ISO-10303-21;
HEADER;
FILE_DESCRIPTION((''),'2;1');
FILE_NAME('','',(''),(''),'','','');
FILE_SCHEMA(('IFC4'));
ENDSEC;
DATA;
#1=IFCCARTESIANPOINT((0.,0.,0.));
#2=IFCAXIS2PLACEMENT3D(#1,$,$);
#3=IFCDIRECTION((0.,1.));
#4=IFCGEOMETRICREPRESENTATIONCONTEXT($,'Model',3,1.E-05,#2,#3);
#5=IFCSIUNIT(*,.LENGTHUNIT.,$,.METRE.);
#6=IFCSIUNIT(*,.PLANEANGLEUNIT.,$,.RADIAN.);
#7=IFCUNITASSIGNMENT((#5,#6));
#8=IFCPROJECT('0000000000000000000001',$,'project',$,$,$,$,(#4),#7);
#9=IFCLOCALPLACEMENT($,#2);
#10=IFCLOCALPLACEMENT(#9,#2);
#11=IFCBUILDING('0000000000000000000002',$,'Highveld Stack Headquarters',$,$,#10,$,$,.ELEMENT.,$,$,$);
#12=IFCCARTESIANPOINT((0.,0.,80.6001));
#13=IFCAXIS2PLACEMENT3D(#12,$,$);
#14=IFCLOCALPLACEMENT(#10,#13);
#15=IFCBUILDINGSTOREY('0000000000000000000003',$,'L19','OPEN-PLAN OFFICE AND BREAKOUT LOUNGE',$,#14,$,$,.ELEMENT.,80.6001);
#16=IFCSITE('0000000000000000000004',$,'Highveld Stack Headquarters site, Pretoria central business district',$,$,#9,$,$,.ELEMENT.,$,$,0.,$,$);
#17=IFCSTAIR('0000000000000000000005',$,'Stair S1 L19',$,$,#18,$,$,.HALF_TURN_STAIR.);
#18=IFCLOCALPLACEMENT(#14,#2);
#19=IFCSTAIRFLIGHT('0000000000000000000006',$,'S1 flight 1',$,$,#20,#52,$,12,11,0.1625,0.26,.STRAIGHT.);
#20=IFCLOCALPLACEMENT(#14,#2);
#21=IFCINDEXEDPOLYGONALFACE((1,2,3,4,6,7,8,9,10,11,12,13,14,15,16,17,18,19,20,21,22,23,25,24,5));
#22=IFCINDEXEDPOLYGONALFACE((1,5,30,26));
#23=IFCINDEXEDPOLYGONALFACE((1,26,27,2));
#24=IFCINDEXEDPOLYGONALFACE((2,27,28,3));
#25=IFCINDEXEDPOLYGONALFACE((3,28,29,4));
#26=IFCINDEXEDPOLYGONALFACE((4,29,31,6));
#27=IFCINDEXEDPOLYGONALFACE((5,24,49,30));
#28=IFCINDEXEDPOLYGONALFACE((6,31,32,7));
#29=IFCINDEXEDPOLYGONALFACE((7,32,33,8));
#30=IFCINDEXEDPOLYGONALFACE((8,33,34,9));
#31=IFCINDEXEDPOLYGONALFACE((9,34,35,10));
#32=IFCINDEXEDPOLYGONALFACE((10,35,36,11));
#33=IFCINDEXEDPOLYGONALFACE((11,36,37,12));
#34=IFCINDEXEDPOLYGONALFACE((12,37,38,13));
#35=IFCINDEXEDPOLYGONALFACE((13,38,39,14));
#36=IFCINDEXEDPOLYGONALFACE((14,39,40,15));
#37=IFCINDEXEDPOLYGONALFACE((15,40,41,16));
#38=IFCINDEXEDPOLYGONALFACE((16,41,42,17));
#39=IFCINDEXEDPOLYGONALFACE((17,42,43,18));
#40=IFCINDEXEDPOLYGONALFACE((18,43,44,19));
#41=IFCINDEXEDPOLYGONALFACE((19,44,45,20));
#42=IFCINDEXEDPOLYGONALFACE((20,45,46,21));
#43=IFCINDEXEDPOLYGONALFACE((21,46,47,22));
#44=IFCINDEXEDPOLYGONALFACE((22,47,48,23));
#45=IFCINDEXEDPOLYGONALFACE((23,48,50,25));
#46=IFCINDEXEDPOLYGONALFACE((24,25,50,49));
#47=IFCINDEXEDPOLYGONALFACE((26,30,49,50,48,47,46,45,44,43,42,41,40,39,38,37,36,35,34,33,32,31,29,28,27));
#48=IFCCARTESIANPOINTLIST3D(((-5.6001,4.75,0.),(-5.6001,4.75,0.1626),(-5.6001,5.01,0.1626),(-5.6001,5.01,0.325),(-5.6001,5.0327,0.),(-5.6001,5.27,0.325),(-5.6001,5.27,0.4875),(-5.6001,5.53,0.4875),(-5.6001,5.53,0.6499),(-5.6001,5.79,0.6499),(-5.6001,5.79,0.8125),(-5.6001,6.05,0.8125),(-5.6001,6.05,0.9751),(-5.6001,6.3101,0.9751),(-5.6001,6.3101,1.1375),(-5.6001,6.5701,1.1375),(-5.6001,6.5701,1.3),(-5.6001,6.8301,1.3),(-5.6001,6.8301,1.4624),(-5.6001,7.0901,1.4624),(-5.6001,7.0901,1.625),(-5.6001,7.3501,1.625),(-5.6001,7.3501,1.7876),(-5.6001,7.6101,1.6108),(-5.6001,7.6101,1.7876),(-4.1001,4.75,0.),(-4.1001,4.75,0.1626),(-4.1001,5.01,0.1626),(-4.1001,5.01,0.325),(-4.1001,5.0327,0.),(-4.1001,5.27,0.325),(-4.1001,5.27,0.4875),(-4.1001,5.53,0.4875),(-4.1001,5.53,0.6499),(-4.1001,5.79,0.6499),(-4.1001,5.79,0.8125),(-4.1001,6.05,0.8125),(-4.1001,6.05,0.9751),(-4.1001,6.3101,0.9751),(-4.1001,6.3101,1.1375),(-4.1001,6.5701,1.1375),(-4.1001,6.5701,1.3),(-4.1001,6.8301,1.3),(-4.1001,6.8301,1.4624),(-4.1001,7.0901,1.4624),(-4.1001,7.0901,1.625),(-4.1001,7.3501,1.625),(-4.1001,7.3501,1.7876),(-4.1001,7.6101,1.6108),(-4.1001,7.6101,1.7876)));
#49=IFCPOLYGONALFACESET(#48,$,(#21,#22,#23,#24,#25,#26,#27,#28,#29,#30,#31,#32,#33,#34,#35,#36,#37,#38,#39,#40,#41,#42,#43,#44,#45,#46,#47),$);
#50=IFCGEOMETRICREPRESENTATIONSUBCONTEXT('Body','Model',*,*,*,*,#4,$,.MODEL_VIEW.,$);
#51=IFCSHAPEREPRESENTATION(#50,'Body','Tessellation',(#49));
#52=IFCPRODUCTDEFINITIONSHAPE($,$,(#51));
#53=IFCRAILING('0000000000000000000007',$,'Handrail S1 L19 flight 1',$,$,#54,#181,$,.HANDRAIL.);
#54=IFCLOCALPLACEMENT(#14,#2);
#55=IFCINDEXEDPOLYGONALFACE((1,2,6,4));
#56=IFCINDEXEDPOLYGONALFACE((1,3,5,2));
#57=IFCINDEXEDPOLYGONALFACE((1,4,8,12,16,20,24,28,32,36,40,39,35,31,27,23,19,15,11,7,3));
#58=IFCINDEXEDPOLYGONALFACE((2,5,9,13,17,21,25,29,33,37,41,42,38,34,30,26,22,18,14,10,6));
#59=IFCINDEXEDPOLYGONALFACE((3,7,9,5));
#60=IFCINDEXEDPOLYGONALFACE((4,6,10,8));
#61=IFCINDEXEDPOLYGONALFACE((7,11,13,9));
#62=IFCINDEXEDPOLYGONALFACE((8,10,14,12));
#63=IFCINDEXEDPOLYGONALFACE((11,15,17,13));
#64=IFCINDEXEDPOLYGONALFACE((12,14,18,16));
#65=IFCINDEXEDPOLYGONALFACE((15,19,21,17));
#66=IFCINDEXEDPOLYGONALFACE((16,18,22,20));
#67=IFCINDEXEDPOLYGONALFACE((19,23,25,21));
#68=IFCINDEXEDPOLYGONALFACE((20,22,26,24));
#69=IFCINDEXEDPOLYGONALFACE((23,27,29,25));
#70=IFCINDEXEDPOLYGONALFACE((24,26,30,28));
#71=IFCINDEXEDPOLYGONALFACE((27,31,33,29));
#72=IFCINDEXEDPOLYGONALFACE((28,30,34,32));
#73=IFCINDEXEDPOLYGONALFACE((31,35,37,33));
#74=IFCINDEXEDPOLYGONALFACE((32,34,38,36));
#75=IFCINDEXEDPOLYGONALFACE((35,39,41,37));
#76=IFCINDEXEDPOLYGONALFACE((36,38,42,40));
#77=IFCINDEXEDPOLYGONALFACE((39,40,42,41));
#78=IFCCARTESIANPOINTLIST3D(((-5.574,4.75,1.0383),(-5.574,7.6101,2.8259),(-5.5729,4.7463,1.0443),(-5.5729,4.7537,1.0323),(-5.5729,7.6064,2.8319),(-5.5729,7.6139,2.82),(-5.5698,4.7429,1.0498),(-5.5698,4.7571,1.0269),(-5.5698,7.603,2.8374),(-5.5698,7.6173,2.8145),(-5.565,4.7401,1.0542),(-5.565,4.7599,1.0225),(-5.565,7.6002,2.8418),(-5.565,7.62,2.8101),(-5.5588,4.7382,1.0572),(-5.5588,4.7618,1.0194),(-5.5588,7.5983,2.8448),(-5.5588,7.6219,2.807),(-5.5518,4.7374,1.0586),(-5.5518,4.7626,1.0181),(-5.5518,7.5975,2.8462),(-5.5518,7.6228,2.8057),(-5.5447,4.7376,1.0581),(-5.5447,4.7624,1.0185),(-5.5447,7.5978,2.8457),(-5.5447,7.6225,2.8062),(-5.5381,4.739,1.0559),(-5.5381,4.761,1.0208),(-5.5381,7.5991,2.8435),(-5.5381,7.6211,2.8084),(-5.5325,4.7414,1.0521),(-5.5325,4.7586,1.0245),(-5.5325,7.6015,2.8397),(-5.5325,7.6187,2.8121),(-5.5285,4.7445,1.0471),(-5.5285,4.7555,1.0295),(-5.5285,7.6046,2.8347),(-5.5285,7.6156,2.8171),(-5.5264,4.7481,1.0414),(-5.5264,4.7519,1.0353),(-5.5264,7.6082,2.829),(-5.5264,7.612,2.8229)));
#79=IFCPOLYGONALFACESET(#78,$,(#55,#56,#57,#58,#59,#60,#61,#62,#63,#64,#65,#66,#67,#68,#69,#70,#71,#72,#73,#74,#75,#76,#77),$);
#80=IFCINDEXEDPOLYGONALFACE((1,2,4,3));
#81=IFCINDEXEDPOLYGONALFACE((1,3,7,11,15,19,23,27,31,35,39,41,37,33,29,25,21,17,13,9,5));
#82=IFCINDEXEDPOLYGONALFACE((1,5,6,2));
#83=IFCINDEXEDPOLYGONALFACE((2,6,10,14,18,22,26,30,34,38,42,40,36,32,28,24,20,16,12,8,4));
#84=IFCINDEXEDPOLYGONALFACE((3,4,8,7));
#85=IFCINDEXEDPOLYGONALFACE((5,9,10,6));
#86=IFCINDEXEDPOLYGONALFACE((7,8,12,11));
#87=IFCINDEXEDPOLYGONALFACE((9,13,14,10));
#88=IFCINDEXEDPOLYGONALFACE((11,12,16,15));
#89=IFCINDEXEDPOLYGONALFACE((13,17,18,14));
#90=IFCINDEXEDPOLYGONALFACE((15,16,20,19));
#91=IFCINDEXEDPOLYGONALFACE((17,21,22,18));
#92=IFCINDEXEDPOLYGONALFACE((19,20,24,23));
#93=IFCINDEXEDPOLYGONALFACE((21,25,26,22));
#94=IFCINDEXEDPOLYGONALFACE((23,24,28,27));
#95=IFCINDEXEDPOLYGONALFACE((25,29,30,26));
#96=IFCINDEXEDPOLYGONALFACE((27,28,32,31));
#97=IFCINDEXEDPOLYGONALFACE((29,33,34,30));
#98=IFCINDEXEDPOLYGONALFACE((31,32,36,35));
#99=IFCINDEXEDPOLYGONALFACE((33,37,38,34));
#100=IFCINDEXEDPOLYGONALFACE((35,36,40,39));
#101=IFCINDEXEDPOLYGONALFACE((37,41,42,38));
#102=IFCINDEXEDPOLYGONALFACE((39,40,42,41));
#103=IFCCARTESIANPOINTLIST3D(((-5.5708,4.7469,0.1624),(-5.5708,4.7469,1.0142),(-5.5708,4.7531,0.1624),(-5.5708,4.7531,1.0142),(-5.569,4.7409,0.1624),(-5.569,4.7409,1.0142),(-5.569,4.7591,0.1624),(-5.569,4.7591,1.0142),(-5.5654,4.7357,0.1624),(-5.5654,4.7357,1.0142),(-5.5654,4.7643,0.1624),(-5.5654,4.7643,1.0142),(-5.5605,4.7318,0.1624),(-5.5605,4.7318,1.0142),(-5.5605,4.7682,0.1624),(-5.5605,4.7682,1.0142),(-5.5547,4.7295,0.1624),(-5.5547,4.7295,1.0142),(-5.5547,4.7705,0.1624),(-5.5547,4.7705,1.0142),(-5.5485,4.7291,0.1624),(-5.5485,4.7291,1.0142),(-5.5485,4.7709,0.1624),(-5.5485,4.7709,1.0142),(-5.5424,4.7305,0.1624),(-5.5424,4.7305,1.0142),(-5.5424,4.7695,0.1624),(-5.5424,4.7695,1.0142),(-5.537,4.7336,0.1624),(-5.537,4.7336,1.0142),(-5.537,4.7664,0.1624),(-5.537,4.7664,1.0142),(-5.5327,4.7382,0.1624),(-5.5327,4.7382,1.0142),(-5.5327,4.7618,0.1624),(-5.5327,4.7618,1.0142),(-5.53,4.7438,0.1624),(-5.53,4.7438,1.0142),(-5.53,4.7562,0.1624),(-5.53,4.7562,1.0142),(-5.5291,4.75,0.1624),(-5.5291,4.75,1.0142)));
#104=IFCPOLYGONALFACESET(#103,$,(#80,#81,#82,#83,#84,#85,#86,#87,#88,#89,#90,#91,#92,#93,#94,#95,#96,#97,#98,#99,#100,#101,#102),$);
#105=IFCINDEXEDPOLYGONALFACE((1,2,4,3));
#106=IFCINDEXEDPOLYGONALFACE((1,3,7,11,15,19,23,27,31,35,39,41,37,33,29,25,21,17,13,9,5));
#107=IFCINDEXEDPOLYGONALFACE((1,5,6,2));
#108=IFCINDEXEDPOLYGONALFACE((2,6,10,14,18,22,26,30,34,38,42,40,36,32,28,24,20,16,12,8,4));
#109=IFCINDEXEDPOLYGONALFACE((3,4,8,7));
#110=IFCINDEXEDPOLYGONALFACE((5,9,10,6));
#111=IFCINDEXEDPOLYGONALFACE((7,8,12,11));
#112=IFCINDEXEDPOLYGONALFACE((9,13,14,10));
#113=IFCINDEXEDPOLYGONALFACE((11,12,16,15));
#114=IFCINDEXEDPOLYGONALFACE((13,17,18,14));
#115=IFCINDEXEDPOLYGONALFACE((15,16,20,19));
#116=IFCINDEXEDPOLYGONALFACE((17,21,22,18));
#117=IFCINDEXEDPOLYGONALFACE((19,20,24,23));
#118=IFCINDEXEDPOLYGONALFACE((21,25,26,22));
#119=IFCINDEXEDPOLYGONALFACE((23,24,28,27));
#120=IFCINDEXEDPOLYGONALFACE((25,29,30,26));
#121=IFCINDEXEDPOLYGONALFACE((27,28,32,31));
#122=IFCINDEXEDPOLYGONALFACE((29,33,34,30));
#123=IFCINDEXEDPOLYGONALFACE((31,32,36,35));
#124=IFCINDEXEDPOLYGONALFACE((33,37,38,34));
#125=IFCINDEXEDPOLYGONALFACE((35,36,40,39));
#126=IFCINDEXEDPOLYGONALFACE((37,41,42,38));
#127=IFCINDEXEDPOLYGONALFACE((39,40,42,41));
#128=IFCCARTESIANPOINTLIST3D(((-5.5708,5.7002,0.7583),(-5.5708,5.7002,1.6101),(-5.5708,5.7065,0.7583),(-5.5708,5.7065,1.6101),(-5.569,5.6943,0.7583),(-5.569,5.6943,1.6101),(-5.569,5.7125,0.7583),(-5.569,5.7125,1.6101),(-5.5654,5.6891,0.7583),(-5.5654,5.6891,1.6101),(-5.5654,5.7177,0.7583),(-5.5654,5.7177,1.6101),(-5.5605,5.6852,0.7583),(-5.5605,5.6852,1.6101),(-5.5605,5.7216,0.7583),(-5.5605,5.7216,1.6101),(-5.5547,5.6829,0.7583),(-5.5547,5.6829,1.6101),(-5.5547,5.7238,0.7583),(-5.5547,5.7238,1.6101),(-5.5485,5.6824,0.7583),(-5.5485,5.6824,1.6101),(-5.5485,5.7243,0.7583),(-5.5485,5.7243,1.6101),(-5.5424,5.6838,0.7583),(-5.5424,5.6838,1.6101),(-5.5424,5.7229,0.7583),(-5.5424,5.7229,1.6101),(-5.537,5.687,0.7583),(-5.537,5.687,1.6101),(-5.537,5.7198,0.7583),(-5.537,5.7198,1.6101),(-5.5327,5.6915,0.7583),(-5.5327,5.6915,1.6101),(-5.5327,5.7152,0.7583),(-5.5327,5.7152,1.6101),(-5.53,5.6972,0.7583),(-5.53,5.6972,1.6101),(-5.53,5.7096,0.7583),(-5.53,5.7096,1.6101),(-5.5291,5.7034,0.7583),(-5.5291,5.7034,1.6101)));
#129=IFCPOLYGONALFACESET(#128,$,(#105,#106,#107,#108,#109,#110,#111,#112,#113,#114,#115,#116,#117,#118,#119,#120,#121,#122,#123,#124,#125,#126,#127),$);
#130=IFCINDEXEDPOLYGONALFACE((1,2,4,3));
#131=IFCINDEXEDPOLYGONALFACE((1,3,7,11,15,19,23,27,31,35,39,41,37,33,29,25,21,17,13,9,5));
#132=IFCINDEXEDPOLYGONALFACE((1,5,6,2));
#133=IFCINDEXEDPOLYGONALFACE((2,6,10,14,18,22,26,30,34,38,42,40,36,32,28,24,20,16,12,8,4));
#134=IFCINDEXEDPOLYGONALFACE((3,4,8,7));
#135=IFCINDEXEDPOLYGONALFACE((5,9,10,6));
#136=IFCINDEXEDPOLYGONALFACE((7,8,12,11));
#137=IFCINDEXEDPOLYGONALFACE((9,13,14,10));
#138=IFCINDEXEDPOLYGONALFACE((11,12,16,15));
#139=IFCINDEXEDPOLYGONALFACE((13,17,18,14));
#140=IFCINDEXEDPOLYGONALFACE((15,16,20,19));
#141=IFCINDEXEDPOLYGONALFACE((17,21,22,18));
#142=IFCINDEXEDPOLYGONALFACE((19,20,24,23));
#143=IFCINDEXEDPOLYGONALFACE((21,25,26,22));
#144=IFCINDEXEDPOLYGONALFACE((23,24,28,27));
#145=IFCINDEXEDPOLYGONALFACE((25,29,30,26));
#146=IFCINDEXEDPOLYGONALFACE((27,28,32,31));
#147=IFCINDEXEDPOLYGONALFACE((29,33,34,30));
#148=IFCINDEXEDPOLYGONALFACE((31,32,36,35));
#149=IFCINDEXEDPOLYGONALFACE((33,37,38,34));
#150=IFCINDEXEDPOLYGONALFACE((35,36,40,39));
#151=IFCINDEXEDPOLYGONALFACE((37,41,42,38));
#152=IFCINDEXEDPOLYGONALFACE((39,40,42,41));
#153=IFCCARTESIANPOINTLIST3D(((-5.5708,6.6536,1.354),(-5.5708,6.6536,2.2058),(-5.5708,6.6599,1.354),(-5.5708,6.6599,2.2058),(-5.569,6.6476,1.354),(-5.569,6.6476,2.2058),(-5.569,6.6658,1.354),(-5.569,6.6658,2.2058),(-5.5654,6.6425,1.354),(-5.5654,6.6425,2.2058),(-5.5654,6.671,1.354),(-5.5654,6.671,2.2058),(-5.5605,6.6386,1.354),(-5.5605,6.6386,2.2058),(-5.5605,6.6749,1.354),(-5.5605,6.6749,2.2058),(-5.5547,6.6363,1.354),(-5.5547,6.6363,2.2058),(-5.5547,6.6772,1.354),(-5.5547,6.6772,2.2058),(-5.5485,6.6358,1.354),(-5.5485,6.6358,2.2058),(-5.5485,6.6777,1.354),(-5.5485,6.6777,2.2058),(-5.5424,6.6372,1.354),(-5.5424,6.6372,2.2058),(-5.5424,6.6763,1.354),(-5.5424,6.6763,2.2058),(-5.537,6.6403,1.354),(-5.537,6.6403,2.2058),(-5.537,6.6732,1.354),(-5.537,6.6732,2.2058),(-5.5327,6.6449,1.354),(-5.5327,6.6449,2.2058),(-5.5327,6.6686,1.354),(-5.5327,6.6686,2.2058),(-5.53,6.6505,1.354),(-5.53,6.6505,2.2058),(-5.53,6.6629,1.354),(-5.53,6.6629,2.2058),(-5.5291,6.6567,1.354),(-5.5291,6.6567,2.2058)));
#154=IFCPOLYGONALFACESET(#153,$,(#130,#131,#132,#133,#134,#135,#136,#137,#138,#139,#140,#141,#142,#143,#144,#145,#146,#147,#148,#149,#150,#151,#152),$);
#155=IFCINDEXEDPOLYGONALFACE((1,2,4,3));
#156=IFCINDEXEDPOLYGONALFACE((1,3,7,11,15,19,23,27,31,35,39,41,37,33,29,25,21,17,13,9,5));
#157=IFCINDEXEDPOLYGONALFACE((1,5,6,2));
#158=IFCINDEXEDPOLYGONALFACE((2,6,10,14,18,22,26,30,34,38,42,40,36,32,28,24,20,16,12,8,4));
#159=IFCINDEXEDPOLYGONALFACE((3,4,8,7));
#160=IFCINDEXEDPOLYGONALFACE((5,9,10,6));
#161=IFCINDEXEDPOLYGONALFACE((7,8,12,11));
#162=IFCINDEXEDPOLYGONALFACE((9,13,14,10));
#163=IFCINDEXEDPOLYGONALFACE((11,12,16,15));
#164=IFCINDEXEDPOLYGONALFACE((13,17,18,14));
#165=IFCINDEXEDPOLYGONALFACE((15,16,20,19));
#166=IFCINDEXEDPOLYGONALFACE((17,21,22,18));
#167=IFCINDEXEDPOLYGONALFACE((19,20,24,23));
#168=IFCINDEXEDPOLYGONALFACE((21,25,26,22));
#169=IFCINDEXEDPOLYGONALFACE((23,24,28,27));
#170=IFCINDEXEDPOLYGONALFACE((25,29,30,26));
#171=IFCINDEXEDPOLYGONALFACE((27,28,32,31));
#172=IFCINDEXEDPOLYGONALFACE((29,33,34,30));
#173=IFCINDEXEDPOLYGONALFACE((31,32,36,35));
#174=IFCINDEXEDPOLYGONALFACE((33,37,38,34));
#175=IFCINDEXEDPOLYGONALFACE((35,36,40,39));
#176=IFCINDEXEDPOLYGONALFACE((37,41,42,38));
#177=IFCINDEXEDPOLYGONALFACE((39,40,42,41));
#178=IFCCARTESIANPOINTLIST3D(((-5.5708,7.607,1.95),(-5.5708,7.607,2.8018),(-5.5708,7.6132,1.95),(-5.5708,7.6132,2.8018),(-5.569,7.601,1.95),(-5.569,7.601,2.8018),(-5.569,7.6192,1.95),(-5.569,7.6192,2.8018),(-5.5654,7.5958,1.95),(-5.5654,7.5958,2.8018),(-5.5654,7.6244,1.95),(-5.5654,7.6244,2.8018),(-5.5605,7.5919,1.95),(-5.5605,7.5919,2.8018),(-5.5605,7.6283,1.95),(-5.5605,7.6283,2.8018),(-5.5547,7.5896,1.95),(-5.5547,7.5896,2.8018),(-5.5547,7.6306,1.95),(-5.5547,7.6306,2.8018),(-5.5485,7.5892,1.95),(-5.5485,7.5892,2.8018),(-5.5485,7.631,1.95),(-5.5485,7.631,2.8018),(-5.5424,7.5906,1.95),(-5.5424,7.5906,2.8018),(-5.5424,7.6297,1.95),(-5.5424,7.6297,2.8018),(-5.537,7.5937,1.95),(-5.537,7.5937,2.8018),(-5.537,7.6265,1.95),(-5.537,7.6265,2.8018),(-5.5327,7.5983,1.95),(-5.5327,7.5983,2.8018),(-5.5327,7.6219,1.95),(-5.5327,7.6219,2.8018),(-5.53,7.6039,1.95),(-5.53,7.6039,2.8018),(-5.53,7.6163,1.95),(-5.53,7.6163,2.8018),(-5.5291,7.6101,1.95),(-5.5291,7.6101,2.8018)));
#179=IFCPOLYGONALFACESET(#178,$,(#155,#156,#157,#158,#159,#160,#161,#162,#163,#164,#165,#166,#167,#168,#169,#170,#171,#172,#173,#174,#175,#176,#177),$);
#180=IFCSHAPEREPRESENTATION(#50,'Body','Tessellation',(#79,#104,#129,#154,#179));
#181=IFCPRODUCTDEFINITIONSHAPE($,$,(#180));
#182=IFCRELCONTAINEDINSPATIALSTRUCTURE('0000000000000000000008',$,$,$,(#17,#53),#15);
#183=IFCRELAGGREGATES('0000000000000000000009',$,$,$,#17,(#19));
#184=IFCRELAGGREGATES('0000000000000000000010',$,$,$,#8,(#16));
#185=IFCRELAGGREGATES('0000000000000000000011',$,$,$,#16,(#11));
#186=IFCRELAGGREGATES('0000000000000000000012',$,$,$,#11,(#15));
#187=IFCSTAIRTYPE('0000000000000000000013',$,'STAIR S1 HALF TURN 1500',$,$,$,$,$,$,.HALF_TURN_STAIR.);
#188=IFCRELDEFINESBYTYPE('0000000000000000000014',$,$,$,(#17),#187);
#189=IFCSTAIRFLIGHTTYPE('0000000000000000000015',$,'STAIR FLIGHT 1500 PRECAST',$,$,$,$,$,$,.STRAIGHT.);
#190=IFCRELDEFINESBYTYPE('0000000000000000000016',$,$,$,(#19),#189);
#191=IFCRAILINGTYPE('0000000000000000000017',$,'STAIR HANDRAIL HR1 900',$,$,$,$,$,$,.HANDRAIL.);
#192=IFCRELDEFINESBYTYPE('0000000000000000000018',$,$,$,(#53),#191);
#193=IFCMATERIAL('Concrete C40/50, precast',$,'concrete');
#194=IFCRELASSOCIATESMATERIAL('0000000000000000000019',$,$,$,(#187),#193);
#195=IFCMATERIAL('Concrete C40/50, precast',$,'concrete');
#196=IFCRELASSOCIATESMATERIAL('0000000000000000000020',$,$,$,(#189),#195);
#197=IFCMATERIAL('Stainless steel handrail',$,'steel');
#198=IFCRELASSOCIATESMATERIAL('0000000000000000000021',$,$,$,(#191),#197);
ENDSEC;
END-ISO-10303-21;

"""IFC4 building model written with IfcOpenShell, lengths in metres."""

from ifc_helpers import new_model, si_unit, direction, frame, origin, origin_2d, place, context, subcontext, project, spatial, polyline, circle, outline, extrude, material, type_object, element, aggregate, save


model = new_model("IFC4")

# Units and contexts
model_context = context("Model", 3, precision=1e-05, world=origin(), true_north=direction((0.0, 1.0)))
body_context = subcontext(model_context, "Body", "Model", "MODEL_VIEW")
ifc_project = project(units=[si_unit("LENGTHUNIT", "METRE"), si_unit("PLANEANGLEUNIT", "RADIAN")], contexts=[model_context])

# Site, building, storey
site_placement = place(None, origin())
site = spatial("IfcSite", under=ifc_project, at=site_placement, Name="Highveld Stack Headquarters site, Pretoria central business district", CompositionType="ELEMENT", RefElevation=0.0)
building_placement = place(site_placement, origin())
building = spatial("IfcBuilding", under=site, at=building_placement, Name="Highveld Stack Headquarters", CompositionType="ELEMENT")
storey_placement = place(building_placement, frame((0.0, 0.0, 80.6001)))
storey = spatial("IfcBuildingStorey", under=building, at=storey_placement, Name="L19", Description="OPEN-PLAN OFFICE AND BREAKOUT LOUNGE", CompositionType="ELEMENT", Elevation=80.6001)

# Stair
ifc_material_1 = material(Name="Concrete C40/50, precast", Category="concrete")
stair_type_1 = type_object("IfcStairType", Name="STAIR S1 HALF TURN 1500", PredefinedType="HALF_TURN_STAIR", material=ifc_material_1)
stair_1_placement = place(storey_placement, origin())
stair_1 = element("IfcStair", 1, at=stair_1_placement, inside=storey, type_object=stair_type_1, Name="Stair S1 L19", PredefinedType="HALF_TURN_STAIR")

# Stair flight
ifc_material_2 = material(Name="Concrete C40/50, precast", Category="concrete")
stair_flight_type = type_object("IfcStairFlightType", Name="STAIR FLIGHT 1500 PRECAST", PredefinedType="STRAIGHT", material=ifc_material_2)
stair_flight_placement = place(storey_placement, frame((-4.8501, 4.75, 0.0), z_axis=(0.0, 0.0, 1.0), x_axis=(0.0, 1.0, 0.0)))
stair_flight = element("IfcStairFlight", 2, at=stair_flight_placement, type_object=stair_flight_type, Name="S1 flight 1", NumberOfRisers=12, NumberOfTreads=11, PredefinedType="STRAIGHT", RiserHeight=0.1625, TreadLength=0.26, context=body_context, shape_type="SweptSolid", body=[
    extrude(outline(polyline([(0.0, 0.0), (0.0, 0.1626), (0.26, 0.1626), (0.26, 0.325), (0.52, 0.325), (0.52, 0.4875), (0.78, 0.4875), (0.78, 0.6499), (1.04, 0.6499), (1.04, 0.8125), (1.3, 0.8125), (1.3, 0.9751), (1.5601, 0.9751), (1.5601, 1.1375), (1.8201, 1.1375), (1.8201, 1.3), (2.0801, 1.3), (2.0801, 1.4624), (2.3401, 1.4624), (2.3401, 1.625), (2.6001, 1.625), (2.6001, 1.7876), (2.8601, 1.7876), (2.8601, 1.95), (2.8601, 1.6108), (0.2827, 0.0), (0.0, 0.0)])), frame((0.0, 0.75, 0.0), z_axis=(0.0, -1.0, 0.0), x_axis=(1.0, 0.0, 0.0)), (0.0, 0.0, 1.0), 1.5),
])
aggregate(stair_1, [stair_flight])

# Railing
ifc_material_3 = material(Name="Stainless steel handrail", Category="steel")
railing_type = type_object("IfcRailingType", Name="STAIR HANDRAIL HR1 900", PredefinedType="HANDRAIL", material=ifc_material_3)
for number, where, name in (
    (3, (-5.55, 4.75, 0.1624), "Handrail S1 L19 flight 1"),
):
    element("IfcRailing", number, at=place(storey_placement, frame(where)), inside=storey, type_object=railing_type, Name=name, PredefinedType="HANDRAIL", context=body_context, shape_type="SweptSolid", body=[
        extrude(circle(Radius=0.0239, at=origin_2d()), frame((0.0, 0.0, 0.876), z_axis=(0.0, 0.847994, 0.530005), x_axis=(-1.0, 0.0, 0.0)), (0.0, 0.0, 1.0), 3.3728),
        extrude(circle(Radius=0.021, at=origin_2d()), origin(), (0.0, 0.0, 1.0), 0.8518),
        extrude(circle(Radius=0.021, at=origin_2d()), frame((0.0, 0.9534, 0.5959)), (0.0, 0.0, 1.0), 0.8518),
        extrude(circle(Radius=0.021, at=origin_2d()), frame((0.0, 1.9067, 1.1917)), (0.0, 0.0, 1.0), 0.8518),
        extrude(circle(Radius=0.021, at=origin_2d()), frame((0.0, 2.8601, 1.7876)), (0.0, 0.0, 1.0), 0.8518),
    ])

save(model, "model.ifc")
